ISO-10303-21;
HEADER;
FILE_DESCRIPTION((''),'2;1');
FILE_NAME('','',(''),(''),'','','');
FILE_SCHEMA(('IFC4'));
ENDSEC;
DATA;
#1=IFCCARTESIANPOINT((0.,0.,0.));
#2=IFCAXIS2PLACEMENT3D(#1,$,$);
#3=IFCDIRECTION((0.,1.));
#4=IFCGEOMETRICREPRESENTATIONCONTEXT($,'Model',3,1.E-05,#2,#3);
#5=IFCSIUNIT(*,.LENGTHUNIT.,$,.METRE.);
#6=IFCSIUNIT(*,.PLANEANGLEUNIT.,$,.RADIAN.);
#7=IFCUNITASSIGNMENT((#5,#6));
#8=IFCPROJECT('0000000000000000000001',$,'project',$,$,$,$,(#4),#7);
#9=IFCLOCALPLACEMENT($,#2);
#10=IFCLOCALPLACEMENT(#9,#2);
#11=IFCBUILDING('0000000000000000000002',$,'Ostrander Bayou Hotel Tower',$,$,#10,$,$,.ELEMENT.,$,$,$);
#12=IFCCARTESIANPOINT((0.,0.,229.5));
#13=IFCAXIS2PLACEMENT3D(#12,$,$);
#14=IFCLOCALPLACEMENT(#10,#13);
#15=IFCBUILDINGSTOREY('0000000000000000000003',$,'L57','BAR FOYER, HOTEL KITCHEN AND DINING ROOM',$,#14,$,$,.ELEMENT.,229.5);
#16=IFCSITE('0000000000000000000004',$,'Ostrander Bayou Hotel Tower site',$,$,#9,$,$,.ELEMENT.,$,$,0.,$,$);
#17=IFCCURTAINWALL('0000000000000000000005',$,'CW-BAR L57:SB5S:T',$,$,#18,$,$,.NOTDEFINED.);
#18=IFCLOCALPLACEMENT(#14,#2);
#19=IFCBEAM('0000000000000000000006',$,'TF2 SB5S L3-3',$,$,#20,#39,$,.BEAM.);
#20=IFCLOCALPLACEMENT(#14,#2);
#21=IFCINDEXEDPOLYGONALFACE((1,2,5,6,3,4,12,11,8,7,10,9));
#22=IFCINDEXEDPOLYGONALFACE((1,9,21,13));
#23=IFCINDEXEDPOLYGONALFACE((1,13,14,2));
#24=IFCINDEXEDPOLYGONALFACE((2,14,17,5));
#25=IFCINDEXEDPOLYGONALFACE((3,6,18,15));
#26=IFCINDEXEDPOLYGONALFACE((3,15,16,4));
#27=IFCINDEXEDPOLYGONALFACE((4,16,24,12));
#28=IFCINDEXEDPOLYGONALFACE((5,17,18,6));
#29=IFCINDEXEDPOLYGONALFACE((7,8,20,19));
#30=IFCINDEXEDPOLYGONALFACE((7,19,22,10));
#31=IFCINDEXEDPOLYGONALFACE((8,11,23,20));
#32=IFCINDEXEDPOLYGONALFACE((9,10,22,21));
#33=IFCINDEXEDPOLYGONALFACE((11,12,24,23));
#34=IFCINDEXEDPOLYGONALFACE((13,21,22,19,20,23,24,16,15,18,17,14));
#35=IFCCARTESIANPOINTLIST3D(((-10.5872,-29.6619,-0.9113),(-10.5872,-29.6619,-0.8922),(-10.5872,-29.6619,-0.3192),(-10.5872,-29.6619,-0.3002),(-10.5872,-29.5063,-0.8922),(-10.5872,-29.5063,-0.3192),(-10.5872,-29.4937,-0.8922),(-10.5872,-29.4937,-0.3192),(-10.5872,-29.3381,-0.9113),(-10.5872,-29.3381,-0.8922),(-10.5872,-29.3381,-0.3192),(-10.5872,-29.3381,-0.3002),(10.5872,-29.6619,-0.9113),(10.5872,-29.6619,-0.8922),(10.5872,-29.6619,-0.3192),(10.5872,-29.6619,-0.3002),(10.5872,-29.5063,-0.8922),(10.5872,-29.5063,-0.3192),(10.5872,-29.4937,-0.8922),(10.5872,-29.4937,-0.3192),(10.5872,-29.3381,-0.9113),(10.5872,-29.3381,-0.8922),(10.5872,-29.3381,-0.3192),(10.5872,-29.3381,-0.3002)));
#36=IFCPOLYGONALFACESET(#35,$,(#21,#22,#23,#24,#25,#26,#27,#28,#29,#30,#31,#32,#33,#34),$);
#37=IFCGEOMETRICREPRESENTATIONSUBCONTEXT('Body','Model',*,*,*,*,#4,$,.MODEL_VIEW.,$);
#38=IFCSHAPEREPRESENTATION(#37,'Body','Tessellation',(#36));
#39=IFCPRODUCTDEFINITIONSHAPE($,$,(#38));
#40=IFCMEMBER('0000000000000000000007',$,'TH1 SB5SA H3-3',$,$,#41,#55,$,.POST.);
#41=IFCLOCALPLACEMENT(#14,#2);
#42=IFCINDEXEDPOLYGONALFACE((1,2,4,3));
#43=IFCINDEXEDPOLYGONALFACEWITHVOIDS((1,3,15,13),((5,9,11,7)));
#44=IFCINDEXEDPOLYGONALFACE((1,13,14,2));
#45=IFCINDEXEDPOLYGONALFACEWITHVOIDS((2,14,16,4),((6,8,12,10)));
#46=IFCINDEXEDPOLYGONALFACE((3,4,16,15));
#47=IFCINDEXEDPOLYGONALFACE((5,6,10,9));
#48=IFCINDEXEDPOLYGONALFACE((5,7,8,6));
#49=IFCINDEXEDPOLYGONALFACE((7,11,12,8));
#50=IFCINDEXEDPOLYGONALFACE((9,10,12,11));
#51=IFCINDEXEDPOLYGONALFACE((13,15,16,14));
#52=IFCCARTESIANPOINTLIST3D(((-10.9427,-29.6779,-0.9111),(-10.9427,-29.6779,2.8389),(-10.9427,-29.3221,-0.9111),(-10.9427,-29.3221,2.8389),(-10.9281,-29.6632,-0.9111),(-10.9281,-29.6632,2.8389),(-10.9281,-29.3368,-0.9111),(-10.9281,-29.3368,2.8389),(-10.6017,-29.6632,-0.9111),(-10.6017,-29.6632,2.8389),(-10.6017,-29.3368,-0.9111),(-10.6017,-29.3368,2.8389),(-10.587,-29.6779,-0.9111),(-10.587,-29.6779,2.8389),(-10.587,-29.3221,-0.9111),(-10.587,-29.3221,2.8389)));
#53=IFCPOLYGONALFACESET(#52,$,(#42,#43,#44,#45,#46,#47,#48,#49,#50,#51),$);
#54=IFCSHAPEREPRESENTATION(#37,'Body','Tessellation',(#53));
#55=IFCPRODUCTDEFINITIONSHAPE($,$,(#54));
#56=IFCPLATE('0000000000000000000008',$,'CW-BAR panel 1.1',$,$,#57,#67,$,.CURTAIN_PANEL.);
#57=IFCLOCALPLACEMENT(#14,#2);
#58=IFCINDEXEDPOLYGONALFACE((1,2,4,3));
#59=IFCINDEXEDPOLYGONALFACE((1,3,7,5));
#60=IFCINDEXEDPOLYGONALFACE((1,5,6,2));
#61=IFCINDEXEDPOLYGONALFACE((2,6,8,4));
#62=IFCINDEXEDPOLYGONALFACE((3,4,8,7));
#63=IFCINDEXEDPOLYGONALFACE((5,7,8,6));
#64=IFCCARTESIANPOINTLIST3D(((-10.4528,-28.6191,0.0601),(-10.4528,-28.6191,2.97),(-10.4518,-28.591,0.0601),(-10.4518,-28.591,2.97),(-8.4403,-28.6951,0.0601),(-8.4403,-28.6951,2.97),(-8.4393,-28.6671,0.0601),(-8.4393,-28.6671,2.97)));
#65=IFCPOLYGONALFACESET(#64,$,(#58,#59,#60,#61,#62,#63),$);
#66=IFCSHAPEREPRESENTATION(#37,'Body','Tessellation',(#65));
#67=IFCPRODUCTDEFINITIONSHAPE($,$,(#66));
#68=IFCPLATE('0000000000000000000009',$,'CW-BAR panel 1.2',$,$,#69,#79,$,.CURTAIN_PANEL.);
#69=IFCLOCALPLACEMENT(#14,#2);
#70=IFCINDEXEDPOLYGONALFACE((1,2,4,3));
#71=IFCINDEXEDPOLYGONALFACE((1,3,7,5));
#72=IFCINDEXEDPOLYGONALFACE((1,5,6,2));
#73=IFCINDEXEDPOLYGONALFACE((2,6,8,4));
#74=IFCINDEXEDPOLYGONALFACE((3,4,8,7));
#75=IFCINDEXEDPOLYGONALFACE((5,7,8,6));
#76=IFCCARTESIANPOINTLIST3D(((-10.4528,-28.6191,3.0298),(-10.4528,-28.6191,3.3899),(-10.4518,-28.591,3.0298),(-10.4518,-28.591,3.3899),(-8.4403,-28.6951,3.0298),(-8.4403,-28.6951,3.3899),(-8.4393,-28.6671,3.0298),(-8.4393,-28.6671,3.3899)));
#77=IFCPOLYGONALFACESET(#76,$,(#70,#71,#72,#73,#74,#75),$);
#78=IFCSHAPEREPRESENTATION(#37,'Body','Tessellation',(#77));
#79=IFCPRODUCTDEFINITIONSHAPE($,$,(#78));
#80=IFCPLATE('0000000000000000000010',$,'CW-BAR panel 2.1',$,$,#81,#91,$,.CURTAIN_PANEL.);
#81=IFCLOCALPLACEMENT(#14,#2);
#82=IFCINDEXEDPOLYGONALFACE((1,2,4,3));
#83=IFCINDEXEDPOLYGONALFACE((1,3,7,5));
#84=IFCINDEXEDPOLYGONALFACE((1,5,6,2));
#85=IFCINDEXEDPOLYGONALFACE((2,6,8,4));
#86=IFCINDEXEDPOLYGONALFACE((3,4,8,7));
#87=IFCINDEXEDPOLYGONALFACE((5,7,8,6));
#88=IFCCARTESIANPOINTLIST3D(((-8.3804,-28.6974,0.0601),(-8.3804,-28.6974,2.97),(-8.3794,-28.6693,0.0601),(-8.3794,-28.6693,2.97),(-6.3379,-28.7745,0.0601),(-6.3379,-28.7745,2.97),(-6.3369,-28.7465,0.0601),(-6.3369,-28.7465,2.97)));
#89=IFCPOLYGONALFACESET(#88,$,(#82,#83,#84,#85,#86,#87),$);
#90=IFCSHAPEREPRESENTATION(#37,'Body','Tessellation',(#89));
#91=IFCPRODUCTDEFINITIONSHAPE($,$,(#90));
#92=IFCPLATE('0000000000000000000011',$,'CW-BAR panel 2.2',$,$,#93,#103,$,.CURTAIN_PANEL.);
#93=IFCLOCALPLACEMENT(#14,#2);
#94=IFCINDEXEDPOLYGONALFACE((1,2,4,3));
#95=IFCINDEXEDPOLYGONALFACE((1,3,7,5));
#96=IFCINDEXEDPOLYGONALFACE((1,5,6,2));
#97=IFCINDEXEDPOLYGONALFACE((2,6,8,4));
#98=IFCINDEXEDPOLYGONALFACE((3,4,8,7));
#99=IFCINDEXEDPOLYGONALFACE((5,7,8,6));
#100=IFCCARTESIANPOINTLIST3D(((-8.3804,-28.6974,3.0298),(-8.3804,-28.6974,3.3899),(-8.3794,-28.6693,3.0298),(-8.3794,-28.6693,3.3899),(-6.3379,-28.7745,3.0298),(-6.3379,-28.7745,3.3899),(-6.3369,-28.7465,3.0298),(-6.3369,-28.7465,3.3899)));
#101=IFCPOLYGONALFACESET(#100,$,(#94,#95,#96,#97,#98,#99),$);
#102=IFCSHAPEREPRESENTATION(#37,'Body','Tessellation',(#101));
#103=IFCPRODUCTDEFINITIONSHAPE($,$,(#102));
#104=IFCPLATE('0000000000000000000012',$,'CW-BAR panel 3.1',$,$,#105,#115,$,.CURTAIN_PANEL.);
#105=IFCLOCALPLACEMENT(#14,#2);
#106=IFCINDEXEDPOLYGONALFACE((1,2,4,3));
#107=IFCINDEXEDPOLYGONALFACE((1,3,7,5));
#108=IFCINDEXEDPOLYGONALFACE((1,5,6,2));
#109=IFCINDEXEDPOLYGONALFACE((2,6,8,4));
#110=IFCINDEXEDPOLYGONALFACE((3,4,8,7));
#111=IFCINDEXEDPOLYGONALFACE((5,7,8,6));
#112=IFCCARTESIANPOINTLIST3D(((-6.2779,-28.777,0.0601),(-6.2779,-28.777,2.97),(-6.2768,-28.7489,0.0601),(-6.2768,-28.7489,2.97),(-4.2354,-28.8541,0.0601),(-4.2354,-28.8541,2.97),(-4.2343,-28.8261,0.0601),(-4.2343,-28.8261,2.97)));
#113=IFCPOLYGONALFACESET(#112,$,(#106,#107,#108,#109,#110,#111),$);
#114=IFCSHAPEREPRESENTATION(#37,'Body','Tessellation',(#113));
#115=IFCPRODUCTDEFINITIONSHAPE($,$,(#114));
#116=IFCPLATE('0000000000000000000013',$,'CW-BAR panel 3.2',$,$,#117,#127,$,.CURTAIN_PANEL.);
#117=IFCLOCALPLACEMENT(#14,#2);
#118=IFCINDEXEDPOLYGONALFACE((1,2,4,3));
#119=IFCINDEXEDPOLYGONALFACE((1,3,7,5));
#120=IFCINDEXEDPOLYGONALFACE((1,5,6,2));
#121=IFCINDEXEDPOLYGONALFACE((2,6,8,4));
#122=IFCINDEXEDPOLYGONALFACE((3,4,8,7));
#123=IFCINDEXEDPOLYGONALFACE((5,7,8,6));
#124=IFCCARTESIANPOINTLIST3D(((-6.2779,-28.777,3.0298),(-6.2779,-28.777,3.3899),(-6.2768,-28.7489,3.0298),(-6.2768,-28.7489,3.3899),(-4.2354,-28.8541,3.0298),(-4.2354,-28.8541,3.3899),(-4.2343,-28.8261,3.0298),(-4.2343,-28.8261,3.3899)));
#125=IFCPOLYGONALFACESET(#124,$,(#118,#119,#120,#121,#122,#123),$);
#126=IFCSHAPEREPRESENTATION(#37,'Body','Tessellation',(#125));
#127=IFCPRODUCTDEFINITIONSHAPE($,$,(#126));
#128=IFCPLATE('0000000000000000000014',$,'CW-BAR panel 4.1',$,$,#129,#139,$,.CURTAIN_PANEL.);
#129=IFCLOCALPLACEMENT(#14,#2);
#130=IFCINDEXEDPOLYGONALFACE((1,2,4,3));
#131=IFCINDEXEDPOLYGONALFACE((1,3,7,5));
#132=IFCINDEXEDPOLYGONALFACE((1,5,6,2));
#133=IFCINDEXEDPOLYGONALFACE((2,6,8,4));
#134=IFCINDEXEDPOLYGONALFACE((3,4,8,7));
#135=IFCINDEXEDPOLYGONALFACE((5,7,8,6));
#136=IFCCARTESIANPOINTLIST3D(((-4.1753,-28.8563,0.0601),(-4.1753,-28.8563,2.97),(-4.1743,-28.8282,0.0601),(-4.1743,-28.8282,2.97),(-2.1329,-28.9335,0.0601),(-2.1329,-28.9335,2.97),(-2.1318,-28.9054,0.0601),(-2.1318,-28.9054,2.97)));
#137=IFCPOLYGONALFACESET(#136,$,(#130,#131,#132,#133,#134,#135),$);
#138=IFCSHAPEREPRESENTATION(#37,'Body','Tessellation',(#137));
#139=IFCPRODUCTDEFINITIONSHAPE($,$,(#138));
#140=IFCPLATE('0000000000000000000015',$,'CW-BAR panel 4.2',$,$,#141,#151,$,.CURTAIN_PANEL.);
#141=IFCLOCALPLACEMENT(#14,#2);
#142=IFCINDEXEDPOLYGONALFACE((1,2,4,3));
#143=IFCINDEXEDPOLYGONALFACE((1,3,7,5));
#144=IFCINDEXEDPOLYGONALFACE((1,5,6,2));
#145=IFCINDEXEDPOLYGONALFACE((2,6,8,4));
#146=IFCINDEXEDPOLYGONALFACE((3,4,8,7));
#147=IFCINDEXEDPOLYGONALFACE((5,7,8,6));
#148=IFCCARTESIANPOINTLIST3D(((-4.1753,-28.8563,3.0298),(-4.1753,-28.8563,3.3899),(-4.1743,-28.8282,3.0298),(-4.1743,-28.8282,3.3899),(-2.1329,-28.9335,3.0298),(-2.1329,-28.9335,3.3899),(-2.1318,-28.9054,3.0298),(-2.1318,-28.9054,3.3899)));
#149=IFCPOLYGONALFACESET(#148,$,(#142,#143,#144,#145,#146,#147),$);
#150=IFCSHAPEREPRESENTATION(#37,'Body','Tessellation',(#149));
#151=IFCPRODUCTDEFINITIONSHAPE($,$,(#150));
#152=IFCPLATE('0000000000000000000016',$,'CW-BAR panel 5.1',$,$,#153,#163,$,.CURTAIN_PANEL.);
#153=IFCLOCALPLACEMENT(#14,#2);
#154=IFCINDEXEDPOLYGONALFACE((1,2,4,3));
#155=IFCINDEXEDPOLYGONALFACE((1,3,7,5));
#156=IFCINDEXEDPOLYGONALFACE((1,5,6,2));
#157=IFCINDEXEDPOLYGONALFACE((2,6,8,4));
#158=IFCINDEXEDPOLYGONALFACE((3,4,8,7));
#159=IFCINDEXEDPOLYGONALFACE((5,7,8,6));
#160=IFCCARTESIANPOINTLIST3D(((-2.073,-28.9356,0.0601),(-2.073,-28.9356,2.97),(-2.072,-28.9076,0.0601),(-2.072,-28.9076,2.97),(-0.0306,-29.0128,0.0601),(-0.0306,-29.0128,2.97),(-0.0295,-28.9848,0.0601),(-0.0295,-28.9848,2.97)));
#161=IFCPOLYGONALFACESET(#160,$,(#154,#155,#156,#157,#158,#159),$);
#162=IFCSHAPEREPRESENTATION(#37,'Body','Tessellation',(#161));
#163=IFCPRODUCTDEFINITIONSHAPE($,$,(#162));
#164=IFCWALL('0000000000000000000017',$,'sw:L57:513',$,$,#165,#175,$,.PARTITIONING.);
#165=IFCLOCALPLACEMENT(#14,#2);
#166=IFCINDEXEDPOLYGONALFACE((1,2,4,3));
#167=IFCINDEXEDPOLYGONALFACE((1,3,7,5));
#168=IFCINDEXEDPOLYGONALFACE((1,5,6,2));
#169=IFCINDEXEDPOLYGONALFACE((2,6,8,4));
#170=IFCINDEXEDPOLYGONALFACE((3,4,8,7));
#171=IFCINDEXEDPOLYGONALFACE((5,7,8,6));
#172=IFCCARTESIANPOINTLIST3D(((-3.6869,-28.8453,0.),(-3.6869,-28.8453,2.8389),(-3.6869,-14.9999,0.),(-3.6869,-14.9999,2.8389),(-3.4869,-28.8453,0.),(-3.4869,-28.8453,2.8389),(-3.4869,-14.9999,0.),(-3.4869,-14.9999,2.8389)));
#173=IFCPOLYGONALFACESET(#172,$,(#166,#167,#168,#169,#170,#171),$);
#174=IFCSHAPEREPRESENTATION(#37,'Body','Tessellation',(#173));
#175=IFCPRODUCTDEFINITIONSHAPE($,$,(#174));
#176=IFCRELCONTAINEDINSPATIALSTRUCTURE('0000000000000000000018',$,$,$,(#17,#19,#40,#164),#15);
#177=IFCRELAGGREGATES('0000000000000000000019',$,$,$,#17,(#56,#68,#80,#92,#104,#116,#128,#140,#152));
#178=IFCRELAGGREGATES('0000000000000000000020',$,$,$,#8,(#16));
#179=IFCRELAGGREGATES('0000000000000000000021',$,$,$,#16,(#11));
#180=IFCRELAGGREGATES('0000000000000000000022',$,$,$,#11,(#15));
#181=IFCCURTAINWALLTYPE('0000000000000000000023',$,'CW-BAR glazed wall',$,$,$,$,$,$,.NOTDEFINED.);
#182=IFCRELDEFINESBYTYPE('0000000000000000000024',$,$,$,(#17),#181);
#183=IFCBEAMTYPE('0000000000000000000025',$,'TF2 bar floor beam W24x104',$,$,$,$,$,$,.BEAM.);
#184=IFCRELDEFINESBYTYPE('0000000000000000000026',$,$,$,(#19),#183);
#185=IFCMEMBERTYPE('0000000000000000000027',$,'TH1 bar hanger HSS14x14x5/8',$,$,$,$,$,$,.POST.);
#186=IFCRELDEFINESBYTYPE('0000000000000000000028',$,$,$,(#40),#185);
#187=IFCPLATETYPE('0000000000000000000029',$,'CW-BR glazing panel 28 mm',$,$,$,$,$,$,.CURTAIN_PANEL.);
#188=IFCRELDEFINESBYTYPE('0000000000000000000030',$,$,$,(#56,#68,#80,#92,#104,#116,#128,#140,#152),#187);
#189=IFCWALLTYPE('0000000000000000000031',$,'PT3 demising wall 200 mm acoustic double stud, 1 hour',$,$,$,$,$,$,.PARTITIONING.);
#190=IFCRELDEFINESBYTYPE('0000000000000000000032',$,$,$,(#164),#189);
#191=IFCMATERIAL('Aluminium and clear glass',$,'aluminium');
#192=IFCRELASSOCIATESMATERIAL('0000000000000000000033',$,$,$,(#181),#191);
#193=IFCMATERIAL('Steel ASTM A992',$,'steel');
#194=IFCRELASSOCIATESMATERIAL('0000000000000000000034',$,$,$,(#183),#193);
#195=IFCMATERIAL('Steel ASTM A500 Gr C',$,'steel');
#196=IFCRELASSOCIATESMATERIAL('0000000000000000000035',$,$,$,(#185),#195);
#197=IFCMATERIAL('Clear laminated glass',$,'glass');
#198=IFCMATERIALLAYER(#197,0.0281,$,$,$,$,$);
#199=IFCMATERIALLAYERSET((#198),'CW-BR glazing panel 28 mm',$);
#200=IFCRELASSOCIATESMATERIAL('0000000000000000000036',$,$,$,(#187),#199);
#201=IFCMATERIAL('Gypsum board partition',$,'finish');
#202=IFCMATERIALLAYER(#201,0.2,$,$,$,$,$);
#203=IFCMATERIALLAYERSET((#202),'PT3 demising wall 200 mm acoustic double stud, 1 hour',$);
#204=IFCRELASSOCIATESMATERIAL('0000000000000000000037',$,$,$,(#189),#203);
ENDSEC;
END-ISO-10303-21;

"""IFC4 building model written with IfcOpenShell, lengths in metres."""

from ifc_helpers import new_model, si_unit, direction, frame, frame_2d, origin, origin_2d, place, context, subcontext, project, spatial, rectangle, hollow_rectangle, i_section, extrude, material, layer, layer_set, material_profile, profile_set, type_object, element, aggregate, save


model = new_model("IFC4")

# Units and contexts
model_context = context("Model", 3, precision=1e-05, world=origin(), true_north=direction((0.0, 1.0)))
body_context = subcontext(model_context, "Body", "Model", "MODEL_VIEW")
ifc_project = project(units=[si_unit("LENGTHUNIT", "METRE"), si_unit("PLANEANGLEUNIT", "RADIAN")], contexts=[model_context])

# Site, building, storey
site_placement = place(None, origin())
site = spatial("IfcSite", under=ifc_project, at=site_placement, Name="Ostrander Bayou Hotel Tower site", CompositionType="ELEMENT", RefElevation=0.0)
building_placement = place(site_placement, origin())
building = spatial("IfcBuilding", under=site, at=building_placement, Name="Ostrander Bayou Hotel Tower", CompositionType="ELEMENT")
storey_placement = place(building_placement, frame((0.0, 0.0, 229.5)))
storey = spatial("IfcBuildingStorey", under=building, at=storey_placement, Name="L57", Description="BAR FOYER, HOTEL KITCHEN AND DINING ROOM", CompositionType="ELEMENT", Elevation=229.5)

# Shared definitions
ifc_material_1 = material(Name="Aluminium and clear glass", Category="aluminium")
curtain_wall_type = type_object("IfcCurtainWallType", Name="CW-BAR glazed wall", PredefinedType="NOTDEFINED", material=ifc_material_1)

# Curtain wall
curtain_wall_1_placement = place(storey_placement, origin())
curtain_wall_1 = element("IfcCurtainWall", 1, at=curtain_wall_1_placement, inside=storey, type_object=curtain_wall_type, Name="CW-BAR L57:SB5S:T", PredefinedType="NOTDEFINED")

# Beam
ifc_material_2 = material(Name="Steel ASTM A992", Category="steel")
ifc_material_profile_1 = material_profile(ifc_material_2, i_section(OverallWidth=0.3237, OverallDepth=0.6111, WebThickness=0.0127, FlangeThickness=0.019, at=origin_2d()))
ifc_profile_set_1 = profile_set([ifc_material_profile_1], Name="Steel ASTM A992")
beam_type = type_object("IfcBeamType", Name="TF2 bar floor beam W24x104", PredefinedType="BEAM", material=ifc_profile_set_1)
beam_placement = place(storey_placement, frame((-10.5872, -29.5, -0.6057), z_axis=(1.0, 0.0, 0.0), x_axis=(0.0, 1.0, 0.0)))
element("IfcBeam", 2, at=beam_placement, inside=storey, type_object=beam_type, Name="TF2 SB5S L3-3", PredefinedType="BEAM", context=body_context, shape_type="SweptSolid", body=[
    extrude(i_section(OverallWidth=0.3237, OverallDepth=0.6111, WebThickness=0.0127, FlangeThickness=0.019, at=origin_2d()), origin(), (0.0, 0.0, 1.0), 21.1743),
])

# Member
ifc_material_3 = material(Name="Steel ASTM A500 Gr C", Category="steel")
ifc_material_profile_2 = material_profile(ifc_material_3, hollow_rectangle(XDim=0.3557, YDim=0.3557, WallThickness=0.0146, at=origin_2d()))
ifc_profile_set_2 = profile_set([ifc_material_profile_2], Name="Steel ASTM A500 Gr C")
member_type_1 = type_object("IfcMemberType", Name="TH1 bar hanger HSS14x14x5/8", PredefinedType="POST", material=ifc_profile_set_2)
member_1_placement = place(storey_placement, frame((-10.7649, -29.5, -0.9111), z_axis=(0.0, 0.0, 1.0), x_axis=(1.0, 0.0, 0.0)))
element("IfcMember", 3, at=member_1_placement, inside=storey, type_object=member_type_1, Name="TH1 SB5SA H3-3", PredefinedType="POST", context=body_context, shape_type="SweptSolid", body=[
    extrude(hollow_rectangle(XDim=0.3557, YDim=0.3557, WallThickness=0.0146, at=origin_2d()), origin(), (0.0, 0.0, 1.0), 3.75),
])

# Plates
ifc_material_4 = material(Name="Clear laminated glass", Category="glass")
ifc_layer_1 = layer(ifc_material_4, 0.0281)
ifc_layer_set_1 = layer_set([ifc_layer_1], Name="CW-BR glazing panel 28 mm")
plate_type = type_object("IfcPlateType", Name="CW-BR glazing panel 28 mm", PredefinedType="CURTAIN_PANEL", material=ifc_layer_set_1)
plate_1_placement = place(storey_placement, frame((-9.446, -28.6431, 0.0601), z_axis=(0.0, 0.0, 1.0), x_axis=(0.999287, -0.037758, 0.0)))
plate_1 = element("IfcPlate", 4, at=plate_1_placement, type_object=plate_type, Name="CW-BAR panel 1.1", PredefinedType="CURTAIN_PANEL", context=body_context, shape_type="SweptSolid", body=[
    extrude(rectangle(XDim=2.0139, YDim=0.0281, at=origin_2d()), origin(), (0.0, 0.0, 1.0), 2.9099),
])
plate_2_placement = place(storey_placement, frame((-9.446, -28.6431, 3.0298), z_axis=(0.0, 0.0, 1.0), x_axis=(0.999287, -0.037758, 0.0)))
plate_2 = element("IfcPlate", 5, at=plate_2_placement, type_object=plate_type, Name="CW-BAR panel 1.2", PredefinedType="CURTAIN_PANEL", context=body_context, shape_type="SweptSolid", body=[
    extrude(rectangle(XDim=2.0139, YDim=0.0281, at=origin_2d()), origin(), (0.0, 0.0, 1.0), 0.3601),
])
plate_3_placement = place(storey_placement, frame((-7.3586, -28.7219, 0.0601), z_axis=(0.0, 0.0, 1.0), x_axis=(0.999287, -0.037758, 0.0)))
plate_3 = element("IfcPlate", 6, at=plate_3_placement, type_object=plate_type, Name="CW-BAR panel 2.1", PredefinedType="CURTAIN_PANEL", context=body_context, shape_type="SweptSolid", body=[
    extrude(rectangle(XDim=2.0439, YDim=0.0281, at=origin_2d()), origin(), (0.0, 0.0, 1.0), 2.9099),
])
plate_4_placement = place(storey_placement, frame((-7.3586, -28.7219, 3.0298), z_axis=(0.0, 0.0, 1.0), x_axis=(0.999287, -0.037758, 0.0)))
plate_4 = element("IfcPlate", 7, at=plate_4_placement, type_object=plate_type, Name="CW-BAR panel 2.2", PredefinedType="CURTAIN_PANEL", context=body_context, shape_type="SweptSolid", body=[
    extrude(rectangle(XDim=2.0439, YDim=0.0281, at=origin_2d()), origin(), (0.0, 0.0, 1.0), 0.3601),
])
plate_5_placement = place(storey_placement, frame((-5.2561, -28.8015, 0.0601), z_axis=(0.0, 0.0, 1.0), x_axis=(0.999287, -0.037758, 0.0)))
plate_5 = element("IfcPlate", 8, at=plate_5_placement, type_object=plate_type, Name="CW-BAR panel 3.1", PredefinedType="CURTAIN_PANEL", context=body_context, shape_type="SweptSolid", body=[
    extrude(rectangle(XDim=2.0439, YDim=0.0281, at=origin_2d()), origin(), (0.0, 0.0, 1.0), 2.9099),
])
plate_6_placement = place(storey_placement, frame((-5.2561, -28.8015, 3.0298), z_axis=(0.0, 0.0, 1.0), x_axis=(0.999287, -0.037758, 0.0)))
plate_6 = element("IfcPlate", 9, at=plate_6_placement, type_object=plate_type, Name="CW-BAR panel 3.2", PredefinedType="CURTAIN_PANEL", context=body_context, shape_type="SweptSolid", body=[
    extrude(rectangle(XDim=2.0439, YDim=0.0281, at=origin_2d()), origin(), (0.0, 0.0, 1.0), 0.3601),
])
plate_7_placement = place(storey_placement, frame((-3.1536, -28.8809, 0.0601), z_axis=(0.0, 0.0, 1.0), x_axis=(0.999287, -0.037758, 0.0)))
plate_7 = element("IfcPlate", 10, at=plate_7_placement, type_object=plate_type, Name="CW-BAR panel 4.1", PredefinedType="CURTAIN_PANEL", context=body_context, shape_type="SweptSolid", body=[
    extrude(rectangle(XDim=2.0439, YDim=0.0281, at=origin_2d()), origin(), (0.0, 0.0, 1.0), 2.9099),
])
plate_8_placement = place(storey_placement, frame((-3.1536, -28.8809, 3.0298), z_axis=(0.0, 0.0, 1.0), x_axis=(0.999287, -0.037758, 0.0)))
plate_8 = element("IfcPlate", 11, at=plate_8_placement, type_object=plate_type, Name="CW-BAR panel 4.2", PredefinedType="CURTAIN_PANEL", context=body_context, shape_type="SweptSolid", body=[
    extrude(rectangle(XDim=2.0439, YDim=0.0281, at=origin_2d()), origin(), (0.0, 0.0, 1.0), 0.3601),
])
plate_9_placement = place(storey_placement, frame((-1.0513, -28.9602, 0.0601), z_axis=(0.0, 0.0, 1.0), x_axis=(0.999287, -0.037758, 0.0)))
plate_9 = element("IfcPlate", 12, at=plate_9_placement, type_object=plate_type, Name="CW-BAR panel 5.1", PredefinedType="CURTAIN_PANEL", context=body_context, shape_type="SweptSolid", body=[
    extrude(rectangle(XDim=2.0439, YDim=0.0281, at=origin_2d()), origin(), (0.0, 0.0, 1.0), 2.9099),
])
aggregate(curtain_wall_1, [plate_1, plate_2, plate_3, plate_4, plate_5, plate_6, plate_7, plate_8, plate_9])

# Wall
ifc_material_5 = material(Name="Gypsum board partition", Category="finish")
ifc_layer_2 = layer(ifc_material_5, 0.2)
ifc_layer_set_2 = layer_set([ifc_layer_2], Name="PT3 demising wall 200 mm acoustic double stud, 1 hour")
wall_type = type_object("IfcWallType", Name="PT3 demising wall 200 mm acoustic double stud, 1 hour", PredefinedType="PARTITIONING", material=ifc_layer_set_2)
wall_placement = place(storey_placement, frame((-3.5869, -28.8455, 0.0), z_axis=(0.0, 0.0, 1.0), x_axis=(0.0, 1.0, 0.0)))
element("IfcWall", 13, at=wall_placement, inside=storey, type_object=wall_type, Name="sw:L57:513", PredefinedType="PARTITIONING", context=body_context, shape_type="SweptSolid", body=[
    extrude(rectangle(XDim=13.8455, YDim=0.2, at=frame_2d((6.9229, 0.0))), origin(), (0.0, 0.0, 1.0), 2.8389),
])

save(model, "model.ifc")
